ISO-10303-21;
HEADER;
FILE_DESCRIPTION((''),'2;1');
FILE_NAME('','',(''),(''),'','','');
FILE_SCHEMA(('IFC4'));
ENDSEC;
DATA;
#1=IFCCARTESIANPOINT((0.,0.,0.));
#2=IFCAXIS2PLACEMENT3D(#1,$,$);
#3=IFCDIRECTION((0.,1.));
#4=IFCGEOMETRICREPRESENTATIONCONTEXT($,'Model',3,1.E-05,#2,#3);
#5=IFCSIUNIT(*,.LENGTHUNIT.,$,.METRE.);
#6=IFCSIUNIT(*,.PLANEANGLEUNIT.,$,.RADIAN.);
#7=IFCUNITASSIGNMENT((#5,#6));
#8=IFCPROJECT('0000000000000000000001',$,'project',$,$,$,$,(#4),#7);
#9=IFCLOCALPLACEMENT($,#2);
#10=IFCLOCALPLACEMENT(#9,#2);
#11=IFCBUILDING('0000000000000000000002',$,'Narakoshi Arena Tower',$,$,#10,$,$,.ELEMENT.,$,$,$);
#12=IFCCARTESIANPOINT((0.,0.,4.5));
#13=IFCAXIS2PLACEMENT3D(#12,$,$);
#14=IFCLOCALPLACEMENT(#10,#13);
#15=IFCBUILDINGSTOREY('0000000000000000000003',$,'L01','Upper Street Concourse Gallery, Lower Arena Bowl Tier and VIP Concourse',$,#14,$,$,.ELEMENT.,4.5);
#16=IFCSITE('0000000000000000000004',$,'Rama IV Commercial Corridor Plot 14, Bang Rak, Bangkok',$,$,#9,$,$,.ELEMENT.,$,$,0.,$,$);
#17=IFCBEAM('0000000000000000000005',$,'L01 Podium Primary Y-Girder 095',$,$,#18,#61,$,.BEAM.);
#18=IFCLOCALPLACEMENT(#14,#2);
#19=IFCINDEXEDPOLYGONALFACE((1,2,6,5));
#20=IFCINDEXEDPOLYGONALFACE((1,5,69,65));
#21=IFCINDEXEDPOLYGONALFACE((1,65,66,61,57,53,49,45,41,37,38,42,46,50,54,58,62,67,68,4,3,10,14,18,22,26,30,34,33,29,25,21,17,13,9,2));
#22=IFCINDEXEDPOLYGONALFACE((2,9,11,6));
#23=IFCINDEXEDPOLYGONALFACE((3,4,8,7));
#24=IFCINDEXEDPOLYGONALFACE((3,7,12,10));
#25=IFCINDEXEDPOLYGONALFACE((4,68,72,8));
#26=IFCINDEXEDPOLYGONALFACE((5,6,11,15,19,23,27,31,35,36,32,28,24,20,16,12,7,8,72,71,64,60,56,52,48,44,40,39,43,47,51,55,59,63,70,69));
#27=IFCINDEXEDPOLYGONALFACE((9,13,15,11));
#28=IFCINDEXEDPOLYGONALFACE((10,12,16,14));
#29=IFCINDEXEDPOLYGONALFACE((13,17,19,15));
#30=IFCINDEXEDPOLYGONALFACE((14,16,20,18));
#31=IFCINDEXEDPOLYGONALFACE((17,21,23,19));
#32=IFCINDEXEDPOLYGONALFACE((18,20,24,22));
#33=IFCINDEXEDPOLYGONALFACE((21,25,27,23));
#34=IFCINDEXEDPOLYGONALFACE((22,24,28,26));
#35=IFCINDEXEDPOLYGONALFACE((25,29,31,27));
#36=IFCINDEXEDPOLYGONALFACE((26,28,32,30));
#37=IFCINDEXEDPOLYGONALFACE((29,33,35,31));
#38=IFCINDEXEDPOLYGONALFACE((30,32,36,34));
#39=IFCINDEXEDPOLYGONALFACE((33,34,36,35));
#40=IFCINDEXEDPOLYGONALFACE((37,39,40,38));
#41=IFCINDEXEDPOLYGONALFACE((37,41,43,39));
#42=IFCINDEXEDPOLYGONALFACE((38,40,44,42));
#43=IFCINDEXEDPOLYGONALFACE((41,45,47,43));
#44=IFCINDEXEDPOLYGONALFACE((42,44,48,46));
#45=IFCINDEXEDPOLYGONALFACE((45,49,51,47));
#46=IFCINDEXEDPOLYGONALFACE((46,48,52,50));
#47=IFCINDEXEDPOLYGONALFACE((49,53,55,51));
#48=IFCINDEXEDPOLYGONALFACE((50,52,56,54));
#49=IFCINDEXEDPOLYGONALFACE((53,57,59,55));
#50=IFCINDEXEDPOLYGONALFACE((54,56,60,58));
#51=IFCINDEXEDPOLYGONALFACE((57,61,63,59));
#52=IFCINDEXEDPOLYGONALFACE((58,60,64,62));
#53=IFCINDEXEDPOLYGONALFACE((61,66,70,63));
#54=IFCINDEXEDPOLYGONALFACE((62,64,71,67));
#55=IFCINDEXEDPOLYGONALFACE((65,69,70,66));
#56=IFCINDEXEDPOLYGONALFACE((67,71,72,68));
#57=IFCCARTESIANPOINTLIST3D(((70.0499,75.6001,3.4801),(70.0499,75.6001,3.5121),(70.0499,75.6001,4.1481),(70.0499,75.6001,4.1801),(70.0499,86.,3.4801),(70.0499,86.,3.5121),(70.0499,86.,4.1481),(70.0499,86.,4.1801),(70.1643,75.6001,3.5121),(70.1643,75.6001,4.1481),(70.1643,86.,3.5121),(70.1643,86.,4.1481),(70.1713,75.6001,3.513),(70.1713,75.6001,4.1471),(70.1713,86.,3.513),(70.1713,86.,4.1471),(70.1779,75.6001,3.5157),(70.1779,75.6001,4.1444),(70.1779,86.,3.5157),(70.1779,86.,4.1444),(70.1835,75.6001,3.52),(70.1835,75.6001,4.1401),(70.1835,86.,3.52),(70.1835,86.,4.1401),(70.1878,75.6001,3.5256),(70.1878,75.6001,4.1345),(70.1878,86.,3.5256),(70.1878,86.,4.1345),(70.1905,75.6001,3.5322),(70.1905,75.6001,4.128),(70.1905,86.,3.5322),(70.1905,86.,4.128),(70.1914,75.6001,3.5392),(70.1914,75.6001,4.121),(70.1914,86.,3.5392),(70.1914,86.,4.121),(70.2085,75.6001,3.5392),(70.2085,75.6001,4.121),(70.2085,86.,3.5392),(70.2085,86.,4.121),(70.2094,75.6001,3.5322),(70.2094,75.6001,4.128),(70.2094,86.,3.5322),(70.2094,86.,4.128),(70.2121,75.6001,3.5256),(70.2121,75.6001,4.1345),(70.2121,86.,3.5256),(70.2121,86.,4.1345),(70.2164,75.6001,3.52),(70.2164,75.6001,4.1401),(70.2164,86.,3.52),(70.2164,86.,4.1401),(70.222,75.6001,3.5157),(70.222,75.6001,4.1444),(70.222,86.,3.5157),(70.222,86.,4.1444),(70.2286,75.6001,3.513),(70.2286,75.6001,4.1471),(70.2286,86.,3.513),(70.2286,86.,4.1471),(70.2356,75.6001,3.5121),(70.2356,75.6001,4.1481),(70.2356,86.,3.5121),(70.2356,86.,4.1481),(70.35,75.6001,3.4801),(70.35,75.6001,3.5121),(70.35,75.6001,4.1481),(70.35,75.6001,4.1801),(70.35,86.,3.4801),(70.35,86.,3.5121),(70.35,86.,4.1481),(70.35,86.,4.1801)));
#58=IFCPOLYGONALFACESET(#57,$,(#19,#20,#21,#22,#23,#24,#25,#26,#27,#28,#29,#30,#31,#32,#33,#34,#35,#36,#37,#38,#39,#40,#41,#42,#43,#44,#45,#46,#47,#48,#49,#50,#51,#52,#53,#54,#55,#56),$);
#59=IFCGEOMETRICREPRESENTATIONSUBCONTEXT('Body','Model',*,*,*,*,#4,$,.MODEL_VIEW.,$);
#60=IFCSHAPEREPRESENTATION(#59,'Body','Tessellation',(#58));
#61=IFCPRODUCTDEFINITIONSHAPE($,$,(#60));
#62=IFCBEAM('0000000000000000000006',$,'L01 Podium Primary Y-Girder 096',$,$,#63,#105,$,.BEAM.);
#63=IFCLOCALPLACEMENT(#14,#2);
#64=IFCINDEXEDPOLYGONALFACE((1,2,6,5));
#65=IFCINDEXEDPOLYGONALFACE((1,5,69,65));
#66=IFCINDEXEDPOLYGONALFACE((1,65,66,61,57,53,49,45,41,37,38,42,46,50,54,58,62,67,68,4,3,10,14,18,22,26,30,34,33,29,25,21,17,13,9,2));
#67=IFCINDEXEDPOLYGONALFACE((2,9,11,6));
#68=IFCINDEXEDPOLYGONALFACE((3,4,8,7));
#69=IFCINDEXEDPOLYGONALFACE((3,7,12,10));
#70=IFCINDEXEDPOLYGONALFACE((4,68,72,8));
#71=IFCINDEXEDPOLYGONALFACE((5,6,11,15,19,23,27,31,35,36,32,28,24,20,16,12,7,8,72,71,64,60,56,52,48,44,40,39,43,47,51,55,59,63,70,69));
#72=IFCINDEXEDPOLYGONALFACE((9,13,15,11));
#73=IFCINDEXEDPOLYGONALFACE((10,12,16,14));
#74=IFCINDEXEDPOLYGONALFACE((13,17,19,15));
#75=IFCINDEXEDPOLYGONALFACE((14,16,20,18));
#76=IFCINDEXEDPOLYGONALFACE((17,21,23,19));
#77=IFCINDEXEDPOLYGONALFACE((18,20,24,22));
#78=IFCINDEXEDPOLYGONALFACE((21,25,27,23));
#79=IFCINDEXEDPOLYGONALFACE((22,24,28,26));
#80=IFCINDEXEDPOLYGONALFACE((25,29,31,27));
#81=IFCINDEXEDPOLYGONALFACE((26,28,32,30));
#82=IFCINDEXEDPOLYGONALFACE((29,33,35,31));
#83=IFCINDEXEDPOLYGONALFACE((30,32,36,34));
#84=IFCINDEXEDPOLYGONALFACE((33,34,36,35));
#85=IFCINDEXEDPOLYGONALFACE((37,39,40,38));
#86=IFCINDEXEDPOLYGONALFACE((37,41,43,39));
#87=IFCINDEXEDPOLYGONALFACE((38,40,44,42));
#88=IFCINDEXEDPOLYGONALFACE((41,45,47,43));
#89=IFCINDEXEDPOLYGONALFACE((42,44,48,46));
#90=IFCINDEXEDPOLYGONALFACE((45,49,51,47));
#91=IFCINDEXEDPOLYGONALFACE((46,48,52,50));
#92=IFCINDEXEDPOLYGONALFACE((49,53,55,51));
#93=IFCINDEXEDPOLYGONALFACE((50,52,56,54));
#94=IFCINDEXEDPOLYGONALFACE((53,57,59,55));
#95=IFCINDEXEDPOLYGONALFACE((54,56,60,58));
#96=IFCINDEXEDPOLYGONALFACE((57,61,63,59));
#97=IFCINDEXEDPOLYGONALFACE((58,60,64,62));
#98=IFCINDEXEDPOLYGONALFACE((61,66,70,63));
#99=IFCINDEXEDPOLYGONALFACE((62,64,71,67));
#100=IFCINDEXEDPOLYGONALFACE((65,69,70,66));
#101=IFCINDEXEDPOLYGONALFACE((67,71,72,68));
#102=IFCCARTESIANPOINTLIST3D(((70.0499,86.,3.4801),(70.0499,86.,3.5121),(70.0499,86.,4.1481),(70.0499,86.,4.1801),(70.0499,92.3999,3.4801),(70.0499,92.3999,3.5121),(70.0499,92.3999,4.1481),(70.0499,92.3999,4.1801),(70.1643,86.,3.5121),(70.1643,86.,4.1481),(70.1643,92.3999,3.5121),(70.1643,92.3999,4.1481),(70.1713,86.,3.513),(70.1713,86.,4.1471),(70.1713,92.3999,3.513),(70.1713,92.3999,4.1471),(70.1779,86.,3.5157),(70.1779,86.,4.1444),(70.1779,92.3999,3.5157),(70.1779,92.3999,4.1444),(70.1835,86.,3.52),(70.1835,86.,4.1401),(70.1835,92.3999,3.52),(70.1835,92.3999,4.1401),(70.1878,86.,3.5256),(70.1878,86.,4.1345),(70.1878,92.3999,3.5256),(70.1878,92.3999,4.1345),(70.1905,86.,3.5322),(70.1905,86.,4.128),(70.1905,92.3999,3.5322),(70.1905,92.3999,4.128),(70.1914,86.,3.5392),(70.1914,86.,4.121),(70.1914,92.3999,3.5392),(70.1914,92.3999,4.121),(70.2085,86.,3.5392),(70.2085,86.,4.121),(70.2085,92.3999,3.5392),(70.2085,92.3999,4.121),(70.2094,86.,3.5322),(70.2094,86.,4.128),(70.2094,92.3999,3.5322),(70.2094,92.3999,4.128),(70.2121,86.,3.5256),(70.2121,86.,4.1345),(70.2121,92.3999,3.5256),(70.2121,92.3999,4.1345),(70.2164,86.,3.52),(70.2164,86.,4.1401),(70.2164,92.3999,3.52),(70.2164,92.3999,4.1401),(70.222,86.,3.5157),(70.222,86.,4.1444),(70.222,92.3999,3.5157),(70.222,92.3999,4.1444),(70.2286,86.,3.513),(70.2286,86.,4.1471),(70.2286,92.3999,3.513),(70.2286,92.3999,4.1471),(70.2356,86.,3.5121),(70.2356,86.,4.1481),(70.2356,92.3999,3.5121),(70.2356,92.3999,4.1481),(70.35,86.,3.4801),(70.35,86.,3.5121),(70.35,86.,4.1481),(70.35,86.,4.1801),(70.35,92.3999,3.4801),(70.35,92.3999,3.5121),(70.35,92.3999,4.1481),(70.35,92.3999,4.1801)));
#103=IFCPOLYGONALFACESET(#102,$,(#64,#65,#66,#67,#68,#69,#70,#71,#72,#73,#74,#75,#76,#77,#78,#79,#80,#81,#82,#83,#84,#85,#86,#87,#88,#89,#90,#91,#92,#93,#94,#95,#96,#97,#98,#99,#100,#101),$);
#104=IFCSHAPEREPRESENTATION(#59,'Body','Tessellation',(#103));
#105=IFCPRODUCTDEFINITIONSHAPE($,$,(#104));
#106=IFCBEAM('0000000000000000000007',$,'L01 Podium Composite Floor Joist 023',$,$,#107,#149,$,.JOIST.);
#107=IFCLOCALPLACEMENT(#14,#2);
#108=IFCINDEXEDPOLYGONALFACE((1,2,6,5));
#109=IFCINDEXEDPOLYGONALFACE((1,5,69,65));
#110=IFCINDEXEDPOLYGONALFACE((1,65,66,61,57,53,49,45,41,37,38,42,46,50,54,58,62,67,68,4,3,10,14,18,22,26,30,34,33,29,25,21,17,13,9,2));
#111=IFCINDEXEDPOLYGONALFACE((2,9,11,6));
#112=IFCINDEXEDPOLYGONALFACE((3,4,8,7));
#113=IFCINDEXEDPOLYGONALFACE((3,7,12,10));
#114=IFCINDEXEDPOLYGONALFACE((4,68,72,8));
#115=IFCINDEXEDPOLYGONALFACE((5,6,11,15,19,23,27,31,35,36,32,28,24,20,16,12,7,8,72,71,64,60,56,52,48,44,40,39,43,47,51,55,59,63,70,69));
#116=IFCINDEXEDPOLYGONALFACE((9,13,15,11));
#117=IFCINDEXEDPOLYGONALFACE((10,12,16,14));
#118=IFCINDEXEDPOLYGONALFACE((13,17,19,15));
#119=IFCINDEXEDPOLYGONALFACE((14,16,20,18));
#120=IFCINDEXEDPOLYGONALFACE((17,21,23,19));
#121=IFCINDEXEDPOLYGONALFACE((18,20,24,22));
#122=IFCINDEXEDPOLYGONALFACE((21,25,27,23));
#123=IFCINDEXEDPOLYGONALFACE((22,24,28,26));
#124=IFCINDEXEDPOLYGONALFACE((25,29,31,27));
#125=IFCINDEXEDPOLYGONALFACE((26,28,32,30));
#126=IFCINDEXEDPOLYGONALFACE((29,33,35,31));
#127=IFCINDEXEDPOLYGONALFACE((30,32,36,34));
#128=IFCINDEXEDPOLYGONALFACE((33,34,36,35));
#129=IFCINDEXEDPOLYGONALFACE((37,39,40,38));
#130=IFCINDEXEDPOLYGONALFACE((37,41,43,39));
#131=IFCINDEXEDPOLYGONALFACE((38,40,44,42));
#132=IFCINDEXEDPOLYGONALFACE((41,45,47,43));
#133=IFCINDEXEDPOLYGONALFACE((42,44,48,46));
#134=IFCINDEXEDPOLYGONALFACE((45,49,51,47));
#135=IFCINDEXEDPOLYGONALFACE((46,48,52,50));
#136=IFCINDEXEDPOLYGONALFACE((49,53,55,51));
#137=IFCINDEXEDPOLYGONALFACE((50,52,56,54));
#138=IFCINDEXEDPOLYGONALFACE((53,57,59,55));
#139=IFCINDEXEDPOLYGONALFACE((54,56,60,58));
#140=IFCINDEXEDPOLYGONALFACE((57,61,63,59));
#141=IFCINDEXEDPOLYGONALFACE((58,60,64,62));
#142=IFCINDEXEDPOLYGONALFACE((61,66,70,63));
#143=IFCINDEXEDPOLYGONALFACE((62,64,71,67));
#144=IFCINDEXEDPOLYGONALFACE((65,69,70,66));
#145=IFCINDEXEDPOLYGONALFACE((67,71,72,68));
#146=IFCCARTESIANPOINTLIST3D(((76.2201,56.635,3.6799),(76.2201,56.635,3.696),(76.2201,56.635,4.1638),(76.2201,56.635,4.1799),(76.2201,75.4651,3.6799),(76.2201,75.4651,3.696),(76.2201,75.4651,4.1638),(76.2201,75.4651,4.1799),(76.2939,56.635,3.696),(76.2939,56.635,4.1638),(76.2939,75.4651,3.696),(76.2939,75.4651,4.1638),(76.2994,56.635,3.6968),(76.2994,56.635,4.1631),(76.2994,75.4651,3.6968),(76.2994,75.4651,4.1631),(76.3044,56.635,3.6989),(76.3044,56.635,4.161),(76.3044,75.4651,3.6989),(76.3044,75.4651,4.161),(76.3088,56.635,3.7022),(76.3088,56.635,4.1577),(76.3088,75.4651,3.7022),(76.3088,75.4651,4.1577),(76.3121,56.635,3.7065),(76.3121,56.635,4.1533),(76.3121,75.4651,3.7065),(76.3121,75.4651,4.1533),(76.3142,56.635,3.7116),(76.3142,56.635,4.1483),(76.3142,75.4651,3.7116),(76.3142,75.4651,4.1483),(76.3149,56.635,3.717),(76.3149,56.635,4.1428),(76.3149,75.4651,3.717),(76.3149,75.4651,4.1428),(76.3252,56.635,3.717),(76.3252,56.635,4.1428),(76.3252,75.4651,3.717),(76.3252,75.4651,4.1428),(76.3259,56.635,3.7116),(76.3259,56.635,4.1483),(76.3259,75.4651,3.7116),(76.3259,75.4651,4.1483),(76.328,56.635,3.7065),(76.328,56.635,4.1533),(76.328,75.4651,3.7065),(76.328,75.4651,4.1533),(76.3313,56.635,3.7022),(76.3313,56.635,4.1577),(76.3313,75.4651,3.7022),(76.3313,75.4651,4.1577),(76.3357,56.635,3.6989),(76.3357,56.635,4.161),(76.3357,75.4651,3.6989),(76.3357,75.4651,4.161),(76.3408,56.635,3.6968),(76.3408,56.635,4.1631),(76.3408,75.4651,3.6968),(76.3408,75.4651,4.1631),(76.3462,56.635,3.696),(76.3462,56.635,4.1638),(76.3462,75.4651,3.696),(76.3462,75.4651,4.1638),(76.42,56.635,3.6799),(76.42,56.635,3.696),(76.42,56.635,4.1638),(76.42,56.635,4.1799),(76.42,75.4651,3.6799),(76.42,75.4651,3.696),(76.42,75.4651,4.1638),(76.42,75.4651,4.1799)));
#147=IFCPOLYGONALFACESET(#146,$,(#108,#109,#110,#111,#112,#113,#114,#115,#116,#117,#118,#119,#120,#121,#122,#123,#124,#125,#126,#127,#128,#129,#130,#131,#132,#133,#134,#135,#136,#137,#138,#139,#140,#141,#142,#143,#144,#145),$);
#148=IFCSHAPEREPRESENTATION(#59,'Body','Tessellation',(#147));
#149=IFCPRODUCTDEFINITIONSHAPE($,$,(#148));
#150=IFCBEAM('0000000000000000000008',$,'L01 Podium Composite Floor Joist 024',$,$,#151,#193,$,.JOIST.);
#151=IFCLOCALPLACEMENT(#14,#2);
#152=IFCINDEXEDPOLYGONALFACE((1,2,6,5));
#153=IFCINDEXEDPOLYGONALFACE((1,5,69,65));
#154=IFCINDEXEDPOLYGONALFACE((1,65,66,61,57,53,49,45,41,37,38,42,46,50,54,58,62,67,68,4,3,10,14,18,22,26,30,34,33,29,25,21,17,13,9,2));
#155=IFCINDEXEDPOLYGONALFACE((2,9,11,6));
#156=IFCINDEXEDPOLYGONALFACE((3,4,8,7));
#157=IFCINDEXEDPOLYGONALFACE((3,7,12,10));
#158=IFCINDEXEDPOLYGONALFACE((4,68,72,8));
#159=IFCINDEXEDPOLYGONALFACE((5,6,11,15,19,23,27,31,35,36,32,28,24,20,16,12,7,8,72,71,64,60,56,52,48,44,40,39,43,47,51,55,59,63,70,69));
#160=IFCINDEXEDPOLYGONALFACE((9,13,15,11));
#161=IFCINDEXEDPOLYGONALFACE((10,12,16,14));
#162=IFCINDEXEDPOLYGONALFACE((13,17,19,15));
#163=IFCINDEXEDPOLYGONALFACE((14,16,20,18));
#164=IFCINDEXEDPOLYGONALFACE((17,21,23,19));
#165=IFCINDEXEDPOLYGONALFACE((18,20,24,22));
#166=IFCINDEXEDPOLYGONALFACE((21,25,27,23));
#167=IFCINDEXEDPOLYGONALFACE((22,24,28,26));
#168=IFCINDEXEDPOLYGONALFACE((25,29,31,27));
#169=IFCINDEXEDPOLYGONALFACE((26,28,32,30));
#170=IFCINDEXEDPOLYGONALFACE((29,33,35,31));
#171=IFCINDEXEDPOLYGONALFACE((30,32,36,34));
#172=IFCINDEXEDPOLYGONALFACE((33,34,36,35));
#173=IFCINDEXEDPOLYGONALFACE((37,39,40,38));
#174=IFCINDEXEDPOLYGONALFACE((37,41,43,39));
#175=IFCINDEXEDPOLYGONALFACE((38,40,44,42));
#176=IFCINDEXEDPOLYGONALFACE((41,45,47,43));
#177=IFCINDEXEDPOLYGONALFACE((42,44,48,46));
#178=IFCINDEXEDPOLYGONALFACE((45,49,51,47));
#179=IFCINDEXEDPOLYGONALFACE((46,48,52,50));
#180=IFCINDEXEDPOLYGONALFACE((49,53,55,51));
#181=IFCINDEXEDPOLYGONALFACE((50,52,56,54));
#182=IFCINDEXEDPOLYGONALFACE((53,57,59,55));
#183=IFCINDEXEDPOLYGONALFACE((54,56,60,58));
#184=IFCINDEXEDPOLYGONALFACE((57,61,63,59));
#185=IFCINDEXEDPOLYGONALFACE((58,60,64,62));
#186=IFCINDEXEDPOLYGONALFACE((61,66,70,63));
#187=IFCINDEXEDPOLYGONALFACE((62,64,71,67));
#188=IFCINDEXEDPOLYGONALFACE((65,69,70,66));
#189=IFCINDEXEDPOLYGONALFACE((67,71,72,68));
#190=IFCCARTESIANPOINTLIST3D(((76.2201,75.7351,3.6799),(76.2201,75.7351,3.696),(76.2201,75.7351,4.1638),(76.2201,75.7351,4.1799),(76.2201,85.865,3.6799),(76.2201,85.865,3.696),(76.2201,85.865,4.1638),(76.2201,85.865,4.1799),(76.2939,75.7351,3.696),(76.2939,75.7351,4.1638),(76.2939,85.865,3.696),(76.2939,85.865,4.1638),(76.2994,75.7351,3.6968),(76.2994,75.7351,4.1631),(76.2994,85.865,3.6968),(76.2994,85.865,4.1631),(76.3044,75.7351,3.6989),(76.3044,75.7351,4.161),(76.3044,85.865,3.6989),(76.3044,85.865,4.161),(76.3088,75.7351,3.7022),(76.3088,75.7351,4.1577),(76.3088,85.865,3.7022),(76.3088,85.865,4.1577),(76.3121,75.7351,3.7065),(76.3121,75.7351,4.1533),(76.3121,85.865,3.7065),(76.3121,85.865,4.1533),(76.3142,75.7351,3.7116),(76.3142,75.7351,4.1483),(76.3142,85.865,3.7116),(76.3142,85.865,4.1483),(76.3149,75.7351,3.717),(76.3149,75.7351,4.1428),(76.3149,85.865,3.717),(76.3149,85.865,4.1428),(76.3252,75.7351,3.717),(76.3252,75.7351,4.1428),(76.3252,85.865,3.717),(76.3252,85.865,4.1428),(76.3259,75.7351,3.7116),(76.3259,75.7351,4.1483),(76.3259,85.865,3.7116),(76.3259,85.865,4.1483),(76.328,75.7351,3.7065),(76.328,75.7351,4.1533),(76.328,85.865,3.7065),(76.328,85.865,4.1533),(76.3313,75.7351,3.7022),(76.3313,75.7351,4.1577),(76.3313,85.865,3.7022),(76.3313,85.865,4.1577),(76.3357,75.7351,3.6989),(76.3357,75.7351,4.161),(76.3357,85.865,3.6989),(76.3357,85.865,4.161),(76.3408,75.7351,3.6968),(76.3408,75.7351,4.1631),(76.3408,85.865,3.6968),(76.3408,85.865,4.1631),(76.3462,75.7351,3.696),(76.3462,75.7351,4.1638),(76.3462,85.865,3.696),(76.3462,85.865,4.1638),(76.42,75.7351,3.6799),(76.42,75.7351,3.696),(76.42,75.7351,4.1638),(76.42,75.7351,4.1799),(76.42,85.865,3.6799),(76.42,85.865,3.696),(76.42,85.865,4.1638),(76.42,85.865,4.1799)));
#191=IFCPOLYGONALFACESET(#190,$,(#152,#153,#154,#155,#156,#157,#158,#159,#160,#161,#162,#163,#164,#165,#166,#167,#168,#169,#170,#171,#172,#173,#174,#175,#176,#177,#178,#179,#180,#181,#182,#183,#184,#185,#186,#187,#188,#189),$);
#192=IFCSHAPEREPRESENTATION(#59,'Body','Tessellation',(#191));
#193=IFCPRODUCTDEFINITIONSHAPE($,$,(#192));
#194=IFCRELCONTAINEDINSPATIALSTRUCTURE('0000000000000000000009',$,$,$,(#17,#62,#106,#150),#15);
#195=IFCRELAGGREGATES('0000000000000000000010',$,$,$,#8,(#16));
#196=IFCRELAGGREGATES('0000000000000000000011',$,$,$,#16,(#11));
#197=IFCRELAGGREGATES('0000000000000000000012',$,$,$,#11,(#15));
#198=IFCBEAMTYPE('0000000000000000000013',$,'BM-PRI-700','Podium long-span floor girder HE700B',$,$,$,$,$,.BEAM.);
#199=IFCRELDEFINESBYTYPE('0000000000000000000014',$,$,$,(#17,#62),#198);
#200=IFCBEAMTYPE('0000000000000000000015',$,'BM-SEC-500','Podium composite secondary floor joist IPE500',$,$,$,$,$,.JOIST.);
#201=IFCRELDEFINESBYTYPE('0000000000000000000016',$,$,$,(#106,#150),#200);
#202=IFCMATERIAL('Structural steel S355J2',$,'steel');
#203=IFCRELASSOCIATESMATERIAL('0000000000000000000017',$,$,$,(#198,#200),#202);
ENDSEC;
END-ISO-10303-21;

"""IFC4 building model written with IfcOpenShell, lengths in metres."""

from ifc_helpers import new_model, si_unit, direction, frame, origin, origin_2d, place, context, subcontext, project, spatial, i_section, extrude, material, material_profile, profile_set, type_object, element, save


model = new_model("IFC4")

# Units and contexts
model_context = context("Model", 3, precision=1e-05, world=origin(), true_north=direction((0.0, 1.0)))
body_context = subcontext(model_context, "Body", "Model", "MODEL_VIEW")
ifc_project = project(units=[si_unit("LENGTHUNIT", "METRE"), si_unit("PLANEANGLEUNIT", "RADIAN")], contexts=[model_context])

# Site, building, storey
site_placement = place(None, origin())
site = spatial("IfcSite", under=ifc_project, at=site_placement, Name="Rama IV Commercial Corridor Plot 14, Bang Rak, Bangkok", CompositionType="ELEMENT", RefElevation=0.0)
building_placement = place(site_placement, origin())
building = spatial("IfcBuilding", under=site, at=building_placement, Name="Narakoshi Arena Tower", CompositionType="ELEMENT")
storey_placement = place(building_placement, frame((0.0, 0.0, 4.5)))
storey = spatial("IfcBuildingStorey", under=building, at=storey_placement, Name="L01", Description="Upper Street Concourse Gallery, Lower Arena Bowl Tier and VIP Concourse", CompositionType="ELEMENT", Elevation=4.5)

# Beams
ifc_material_1 = material(Name="Structural steel S355J2", Category="steel")
ifc_material_profile_1 = material_profile(ifc_material_1, i_section(OverallWidth=0.3, OverallDepth=0.7, WebThickness=0.0171, FlangeThickness=0.032, FilletRadius=0.0271, at=origin_2d()), Name="HE700B")
ifc_profile_set_1 = profile_set([ifc_material_profile_1], Name="Structural steel S355J2")
beam_type_1 = type_object("IfcBeamType", Name="BM-PRI-700", Description="Podium long-span floor girder HE700B", PredefinedType="BEAM", material=ifc_profile_set_1)
beam_1_placement = place(storey_placement, frame((70.2, 75.6001, 3.8301), z_axis=(0.0, 1.0, 0.0), x_axis=(-1.0, 0.0, 0.0)))
element("IfcBeam", 1, at=beam_1_placement, inside=storey, type_object=beam_type_1, Name="L01 Podium Primary Y-Girder 095", PredefinedType="BEAM", context=body_context, shape_type="SweptSolid", body=[
    extrude(i_section(OverallWidth=0.3, OverallDepth=0.7, WebThickness=0.0171, FlangeThickness=0.032, FilletRadius=0.0271, at=origin_2d()), origin(), (0.0, 0.0, 1.0), 10.3999),
])
beam_2_placement = place(storey_placement, frame((70.2, 86.0, 3.8301), z_axis=(0.0, 1.0, 0.0), x_axis=(-1.0, 0.0, 0.0)))
element("IfcBeam", 2, at=beam_2_placement, inside=storey, type_object=beam_type_1, Name="L01 Podium Primary Y-Girder 096", PredefinedType="BEAM", context=body_context, shape_type="SweptSolid", body=[
    extrude(i_section(OverallWidth=0.3, OverallDepth=0.7, WebThickness=0.0171, FlangeThickness=0.032, FilletRadius=0.0271, at=origin_2d()), origin(), (0.0, 0.0, 1.0), 6.3999),
])
ifc_material_profile_2 = material_profile(ifc_material_1, i_section(OverallWidth=0.2, OverallDepth=0.5, WebThickness=0.0103, FlangeThickness=0.0161, FilletRadius=0.021, at=origin_2d()), Name="IPE500")
ifc_profile_set_2 = profile_set([ifc_material_profile_2], Name="Structural steel S355J2")
beam_type_2 = type_object("IfcBeamType", Name="BM-SEC-500", Description="Podium composite secondary floor joist IPE500", PredefinedType="JOIST", material=ifc_profile_set_2)
beam_3_placement = place(storey_placement, frame((76.3201, 56.635, 3.9299), z_axis=(0.0, 1.0, 0.0), x_axis=(-1.0, 0.0, 0.0)))
element("IfcBeam", 3, at=beam_3_placement, inside=storey, type_object=beam_type_2, Name="L01 Podium Composite Floor Joist 023", PredefinedType="JOIST", context=body_context, shape_type="SweptSolid", body=[
    extrude(i_section(OverallWidth=0.2, OverallDepth=0.5, WebThickness=0.0103, FlangeThickness=0.0161, FilletRadius=0.021, at=origin_2d()), origin(), (0.0, 0.0, 1.0), 18.8301),
])
beam_4_placement = place(storey_placement, frame((76.3201, 75.7351, 3.9299), z_axis=(0.0, 1.0, 0.0), x_axis=(-1.0, 0.0, 0.0)))
element("IfcBeam", 4, at=beam_4_placement, inside=storey, type_object=beam_type_2, Name="L01 Podium Composite Floor Joist 024", PredefinedType="JOIST", context=body_context, shape_type="SweptSolid", body=[
    extrude(i_section(OverallWidth=0.2, OverallDepth=0.5, WebThickness=0.0103, FlangeThickness=0.0161, FilletRadius=0.021, at=origin_2d()), origin(), (0.0, 0.0, 1.0), 10.1299),
])

save(model, "model.ifc")
